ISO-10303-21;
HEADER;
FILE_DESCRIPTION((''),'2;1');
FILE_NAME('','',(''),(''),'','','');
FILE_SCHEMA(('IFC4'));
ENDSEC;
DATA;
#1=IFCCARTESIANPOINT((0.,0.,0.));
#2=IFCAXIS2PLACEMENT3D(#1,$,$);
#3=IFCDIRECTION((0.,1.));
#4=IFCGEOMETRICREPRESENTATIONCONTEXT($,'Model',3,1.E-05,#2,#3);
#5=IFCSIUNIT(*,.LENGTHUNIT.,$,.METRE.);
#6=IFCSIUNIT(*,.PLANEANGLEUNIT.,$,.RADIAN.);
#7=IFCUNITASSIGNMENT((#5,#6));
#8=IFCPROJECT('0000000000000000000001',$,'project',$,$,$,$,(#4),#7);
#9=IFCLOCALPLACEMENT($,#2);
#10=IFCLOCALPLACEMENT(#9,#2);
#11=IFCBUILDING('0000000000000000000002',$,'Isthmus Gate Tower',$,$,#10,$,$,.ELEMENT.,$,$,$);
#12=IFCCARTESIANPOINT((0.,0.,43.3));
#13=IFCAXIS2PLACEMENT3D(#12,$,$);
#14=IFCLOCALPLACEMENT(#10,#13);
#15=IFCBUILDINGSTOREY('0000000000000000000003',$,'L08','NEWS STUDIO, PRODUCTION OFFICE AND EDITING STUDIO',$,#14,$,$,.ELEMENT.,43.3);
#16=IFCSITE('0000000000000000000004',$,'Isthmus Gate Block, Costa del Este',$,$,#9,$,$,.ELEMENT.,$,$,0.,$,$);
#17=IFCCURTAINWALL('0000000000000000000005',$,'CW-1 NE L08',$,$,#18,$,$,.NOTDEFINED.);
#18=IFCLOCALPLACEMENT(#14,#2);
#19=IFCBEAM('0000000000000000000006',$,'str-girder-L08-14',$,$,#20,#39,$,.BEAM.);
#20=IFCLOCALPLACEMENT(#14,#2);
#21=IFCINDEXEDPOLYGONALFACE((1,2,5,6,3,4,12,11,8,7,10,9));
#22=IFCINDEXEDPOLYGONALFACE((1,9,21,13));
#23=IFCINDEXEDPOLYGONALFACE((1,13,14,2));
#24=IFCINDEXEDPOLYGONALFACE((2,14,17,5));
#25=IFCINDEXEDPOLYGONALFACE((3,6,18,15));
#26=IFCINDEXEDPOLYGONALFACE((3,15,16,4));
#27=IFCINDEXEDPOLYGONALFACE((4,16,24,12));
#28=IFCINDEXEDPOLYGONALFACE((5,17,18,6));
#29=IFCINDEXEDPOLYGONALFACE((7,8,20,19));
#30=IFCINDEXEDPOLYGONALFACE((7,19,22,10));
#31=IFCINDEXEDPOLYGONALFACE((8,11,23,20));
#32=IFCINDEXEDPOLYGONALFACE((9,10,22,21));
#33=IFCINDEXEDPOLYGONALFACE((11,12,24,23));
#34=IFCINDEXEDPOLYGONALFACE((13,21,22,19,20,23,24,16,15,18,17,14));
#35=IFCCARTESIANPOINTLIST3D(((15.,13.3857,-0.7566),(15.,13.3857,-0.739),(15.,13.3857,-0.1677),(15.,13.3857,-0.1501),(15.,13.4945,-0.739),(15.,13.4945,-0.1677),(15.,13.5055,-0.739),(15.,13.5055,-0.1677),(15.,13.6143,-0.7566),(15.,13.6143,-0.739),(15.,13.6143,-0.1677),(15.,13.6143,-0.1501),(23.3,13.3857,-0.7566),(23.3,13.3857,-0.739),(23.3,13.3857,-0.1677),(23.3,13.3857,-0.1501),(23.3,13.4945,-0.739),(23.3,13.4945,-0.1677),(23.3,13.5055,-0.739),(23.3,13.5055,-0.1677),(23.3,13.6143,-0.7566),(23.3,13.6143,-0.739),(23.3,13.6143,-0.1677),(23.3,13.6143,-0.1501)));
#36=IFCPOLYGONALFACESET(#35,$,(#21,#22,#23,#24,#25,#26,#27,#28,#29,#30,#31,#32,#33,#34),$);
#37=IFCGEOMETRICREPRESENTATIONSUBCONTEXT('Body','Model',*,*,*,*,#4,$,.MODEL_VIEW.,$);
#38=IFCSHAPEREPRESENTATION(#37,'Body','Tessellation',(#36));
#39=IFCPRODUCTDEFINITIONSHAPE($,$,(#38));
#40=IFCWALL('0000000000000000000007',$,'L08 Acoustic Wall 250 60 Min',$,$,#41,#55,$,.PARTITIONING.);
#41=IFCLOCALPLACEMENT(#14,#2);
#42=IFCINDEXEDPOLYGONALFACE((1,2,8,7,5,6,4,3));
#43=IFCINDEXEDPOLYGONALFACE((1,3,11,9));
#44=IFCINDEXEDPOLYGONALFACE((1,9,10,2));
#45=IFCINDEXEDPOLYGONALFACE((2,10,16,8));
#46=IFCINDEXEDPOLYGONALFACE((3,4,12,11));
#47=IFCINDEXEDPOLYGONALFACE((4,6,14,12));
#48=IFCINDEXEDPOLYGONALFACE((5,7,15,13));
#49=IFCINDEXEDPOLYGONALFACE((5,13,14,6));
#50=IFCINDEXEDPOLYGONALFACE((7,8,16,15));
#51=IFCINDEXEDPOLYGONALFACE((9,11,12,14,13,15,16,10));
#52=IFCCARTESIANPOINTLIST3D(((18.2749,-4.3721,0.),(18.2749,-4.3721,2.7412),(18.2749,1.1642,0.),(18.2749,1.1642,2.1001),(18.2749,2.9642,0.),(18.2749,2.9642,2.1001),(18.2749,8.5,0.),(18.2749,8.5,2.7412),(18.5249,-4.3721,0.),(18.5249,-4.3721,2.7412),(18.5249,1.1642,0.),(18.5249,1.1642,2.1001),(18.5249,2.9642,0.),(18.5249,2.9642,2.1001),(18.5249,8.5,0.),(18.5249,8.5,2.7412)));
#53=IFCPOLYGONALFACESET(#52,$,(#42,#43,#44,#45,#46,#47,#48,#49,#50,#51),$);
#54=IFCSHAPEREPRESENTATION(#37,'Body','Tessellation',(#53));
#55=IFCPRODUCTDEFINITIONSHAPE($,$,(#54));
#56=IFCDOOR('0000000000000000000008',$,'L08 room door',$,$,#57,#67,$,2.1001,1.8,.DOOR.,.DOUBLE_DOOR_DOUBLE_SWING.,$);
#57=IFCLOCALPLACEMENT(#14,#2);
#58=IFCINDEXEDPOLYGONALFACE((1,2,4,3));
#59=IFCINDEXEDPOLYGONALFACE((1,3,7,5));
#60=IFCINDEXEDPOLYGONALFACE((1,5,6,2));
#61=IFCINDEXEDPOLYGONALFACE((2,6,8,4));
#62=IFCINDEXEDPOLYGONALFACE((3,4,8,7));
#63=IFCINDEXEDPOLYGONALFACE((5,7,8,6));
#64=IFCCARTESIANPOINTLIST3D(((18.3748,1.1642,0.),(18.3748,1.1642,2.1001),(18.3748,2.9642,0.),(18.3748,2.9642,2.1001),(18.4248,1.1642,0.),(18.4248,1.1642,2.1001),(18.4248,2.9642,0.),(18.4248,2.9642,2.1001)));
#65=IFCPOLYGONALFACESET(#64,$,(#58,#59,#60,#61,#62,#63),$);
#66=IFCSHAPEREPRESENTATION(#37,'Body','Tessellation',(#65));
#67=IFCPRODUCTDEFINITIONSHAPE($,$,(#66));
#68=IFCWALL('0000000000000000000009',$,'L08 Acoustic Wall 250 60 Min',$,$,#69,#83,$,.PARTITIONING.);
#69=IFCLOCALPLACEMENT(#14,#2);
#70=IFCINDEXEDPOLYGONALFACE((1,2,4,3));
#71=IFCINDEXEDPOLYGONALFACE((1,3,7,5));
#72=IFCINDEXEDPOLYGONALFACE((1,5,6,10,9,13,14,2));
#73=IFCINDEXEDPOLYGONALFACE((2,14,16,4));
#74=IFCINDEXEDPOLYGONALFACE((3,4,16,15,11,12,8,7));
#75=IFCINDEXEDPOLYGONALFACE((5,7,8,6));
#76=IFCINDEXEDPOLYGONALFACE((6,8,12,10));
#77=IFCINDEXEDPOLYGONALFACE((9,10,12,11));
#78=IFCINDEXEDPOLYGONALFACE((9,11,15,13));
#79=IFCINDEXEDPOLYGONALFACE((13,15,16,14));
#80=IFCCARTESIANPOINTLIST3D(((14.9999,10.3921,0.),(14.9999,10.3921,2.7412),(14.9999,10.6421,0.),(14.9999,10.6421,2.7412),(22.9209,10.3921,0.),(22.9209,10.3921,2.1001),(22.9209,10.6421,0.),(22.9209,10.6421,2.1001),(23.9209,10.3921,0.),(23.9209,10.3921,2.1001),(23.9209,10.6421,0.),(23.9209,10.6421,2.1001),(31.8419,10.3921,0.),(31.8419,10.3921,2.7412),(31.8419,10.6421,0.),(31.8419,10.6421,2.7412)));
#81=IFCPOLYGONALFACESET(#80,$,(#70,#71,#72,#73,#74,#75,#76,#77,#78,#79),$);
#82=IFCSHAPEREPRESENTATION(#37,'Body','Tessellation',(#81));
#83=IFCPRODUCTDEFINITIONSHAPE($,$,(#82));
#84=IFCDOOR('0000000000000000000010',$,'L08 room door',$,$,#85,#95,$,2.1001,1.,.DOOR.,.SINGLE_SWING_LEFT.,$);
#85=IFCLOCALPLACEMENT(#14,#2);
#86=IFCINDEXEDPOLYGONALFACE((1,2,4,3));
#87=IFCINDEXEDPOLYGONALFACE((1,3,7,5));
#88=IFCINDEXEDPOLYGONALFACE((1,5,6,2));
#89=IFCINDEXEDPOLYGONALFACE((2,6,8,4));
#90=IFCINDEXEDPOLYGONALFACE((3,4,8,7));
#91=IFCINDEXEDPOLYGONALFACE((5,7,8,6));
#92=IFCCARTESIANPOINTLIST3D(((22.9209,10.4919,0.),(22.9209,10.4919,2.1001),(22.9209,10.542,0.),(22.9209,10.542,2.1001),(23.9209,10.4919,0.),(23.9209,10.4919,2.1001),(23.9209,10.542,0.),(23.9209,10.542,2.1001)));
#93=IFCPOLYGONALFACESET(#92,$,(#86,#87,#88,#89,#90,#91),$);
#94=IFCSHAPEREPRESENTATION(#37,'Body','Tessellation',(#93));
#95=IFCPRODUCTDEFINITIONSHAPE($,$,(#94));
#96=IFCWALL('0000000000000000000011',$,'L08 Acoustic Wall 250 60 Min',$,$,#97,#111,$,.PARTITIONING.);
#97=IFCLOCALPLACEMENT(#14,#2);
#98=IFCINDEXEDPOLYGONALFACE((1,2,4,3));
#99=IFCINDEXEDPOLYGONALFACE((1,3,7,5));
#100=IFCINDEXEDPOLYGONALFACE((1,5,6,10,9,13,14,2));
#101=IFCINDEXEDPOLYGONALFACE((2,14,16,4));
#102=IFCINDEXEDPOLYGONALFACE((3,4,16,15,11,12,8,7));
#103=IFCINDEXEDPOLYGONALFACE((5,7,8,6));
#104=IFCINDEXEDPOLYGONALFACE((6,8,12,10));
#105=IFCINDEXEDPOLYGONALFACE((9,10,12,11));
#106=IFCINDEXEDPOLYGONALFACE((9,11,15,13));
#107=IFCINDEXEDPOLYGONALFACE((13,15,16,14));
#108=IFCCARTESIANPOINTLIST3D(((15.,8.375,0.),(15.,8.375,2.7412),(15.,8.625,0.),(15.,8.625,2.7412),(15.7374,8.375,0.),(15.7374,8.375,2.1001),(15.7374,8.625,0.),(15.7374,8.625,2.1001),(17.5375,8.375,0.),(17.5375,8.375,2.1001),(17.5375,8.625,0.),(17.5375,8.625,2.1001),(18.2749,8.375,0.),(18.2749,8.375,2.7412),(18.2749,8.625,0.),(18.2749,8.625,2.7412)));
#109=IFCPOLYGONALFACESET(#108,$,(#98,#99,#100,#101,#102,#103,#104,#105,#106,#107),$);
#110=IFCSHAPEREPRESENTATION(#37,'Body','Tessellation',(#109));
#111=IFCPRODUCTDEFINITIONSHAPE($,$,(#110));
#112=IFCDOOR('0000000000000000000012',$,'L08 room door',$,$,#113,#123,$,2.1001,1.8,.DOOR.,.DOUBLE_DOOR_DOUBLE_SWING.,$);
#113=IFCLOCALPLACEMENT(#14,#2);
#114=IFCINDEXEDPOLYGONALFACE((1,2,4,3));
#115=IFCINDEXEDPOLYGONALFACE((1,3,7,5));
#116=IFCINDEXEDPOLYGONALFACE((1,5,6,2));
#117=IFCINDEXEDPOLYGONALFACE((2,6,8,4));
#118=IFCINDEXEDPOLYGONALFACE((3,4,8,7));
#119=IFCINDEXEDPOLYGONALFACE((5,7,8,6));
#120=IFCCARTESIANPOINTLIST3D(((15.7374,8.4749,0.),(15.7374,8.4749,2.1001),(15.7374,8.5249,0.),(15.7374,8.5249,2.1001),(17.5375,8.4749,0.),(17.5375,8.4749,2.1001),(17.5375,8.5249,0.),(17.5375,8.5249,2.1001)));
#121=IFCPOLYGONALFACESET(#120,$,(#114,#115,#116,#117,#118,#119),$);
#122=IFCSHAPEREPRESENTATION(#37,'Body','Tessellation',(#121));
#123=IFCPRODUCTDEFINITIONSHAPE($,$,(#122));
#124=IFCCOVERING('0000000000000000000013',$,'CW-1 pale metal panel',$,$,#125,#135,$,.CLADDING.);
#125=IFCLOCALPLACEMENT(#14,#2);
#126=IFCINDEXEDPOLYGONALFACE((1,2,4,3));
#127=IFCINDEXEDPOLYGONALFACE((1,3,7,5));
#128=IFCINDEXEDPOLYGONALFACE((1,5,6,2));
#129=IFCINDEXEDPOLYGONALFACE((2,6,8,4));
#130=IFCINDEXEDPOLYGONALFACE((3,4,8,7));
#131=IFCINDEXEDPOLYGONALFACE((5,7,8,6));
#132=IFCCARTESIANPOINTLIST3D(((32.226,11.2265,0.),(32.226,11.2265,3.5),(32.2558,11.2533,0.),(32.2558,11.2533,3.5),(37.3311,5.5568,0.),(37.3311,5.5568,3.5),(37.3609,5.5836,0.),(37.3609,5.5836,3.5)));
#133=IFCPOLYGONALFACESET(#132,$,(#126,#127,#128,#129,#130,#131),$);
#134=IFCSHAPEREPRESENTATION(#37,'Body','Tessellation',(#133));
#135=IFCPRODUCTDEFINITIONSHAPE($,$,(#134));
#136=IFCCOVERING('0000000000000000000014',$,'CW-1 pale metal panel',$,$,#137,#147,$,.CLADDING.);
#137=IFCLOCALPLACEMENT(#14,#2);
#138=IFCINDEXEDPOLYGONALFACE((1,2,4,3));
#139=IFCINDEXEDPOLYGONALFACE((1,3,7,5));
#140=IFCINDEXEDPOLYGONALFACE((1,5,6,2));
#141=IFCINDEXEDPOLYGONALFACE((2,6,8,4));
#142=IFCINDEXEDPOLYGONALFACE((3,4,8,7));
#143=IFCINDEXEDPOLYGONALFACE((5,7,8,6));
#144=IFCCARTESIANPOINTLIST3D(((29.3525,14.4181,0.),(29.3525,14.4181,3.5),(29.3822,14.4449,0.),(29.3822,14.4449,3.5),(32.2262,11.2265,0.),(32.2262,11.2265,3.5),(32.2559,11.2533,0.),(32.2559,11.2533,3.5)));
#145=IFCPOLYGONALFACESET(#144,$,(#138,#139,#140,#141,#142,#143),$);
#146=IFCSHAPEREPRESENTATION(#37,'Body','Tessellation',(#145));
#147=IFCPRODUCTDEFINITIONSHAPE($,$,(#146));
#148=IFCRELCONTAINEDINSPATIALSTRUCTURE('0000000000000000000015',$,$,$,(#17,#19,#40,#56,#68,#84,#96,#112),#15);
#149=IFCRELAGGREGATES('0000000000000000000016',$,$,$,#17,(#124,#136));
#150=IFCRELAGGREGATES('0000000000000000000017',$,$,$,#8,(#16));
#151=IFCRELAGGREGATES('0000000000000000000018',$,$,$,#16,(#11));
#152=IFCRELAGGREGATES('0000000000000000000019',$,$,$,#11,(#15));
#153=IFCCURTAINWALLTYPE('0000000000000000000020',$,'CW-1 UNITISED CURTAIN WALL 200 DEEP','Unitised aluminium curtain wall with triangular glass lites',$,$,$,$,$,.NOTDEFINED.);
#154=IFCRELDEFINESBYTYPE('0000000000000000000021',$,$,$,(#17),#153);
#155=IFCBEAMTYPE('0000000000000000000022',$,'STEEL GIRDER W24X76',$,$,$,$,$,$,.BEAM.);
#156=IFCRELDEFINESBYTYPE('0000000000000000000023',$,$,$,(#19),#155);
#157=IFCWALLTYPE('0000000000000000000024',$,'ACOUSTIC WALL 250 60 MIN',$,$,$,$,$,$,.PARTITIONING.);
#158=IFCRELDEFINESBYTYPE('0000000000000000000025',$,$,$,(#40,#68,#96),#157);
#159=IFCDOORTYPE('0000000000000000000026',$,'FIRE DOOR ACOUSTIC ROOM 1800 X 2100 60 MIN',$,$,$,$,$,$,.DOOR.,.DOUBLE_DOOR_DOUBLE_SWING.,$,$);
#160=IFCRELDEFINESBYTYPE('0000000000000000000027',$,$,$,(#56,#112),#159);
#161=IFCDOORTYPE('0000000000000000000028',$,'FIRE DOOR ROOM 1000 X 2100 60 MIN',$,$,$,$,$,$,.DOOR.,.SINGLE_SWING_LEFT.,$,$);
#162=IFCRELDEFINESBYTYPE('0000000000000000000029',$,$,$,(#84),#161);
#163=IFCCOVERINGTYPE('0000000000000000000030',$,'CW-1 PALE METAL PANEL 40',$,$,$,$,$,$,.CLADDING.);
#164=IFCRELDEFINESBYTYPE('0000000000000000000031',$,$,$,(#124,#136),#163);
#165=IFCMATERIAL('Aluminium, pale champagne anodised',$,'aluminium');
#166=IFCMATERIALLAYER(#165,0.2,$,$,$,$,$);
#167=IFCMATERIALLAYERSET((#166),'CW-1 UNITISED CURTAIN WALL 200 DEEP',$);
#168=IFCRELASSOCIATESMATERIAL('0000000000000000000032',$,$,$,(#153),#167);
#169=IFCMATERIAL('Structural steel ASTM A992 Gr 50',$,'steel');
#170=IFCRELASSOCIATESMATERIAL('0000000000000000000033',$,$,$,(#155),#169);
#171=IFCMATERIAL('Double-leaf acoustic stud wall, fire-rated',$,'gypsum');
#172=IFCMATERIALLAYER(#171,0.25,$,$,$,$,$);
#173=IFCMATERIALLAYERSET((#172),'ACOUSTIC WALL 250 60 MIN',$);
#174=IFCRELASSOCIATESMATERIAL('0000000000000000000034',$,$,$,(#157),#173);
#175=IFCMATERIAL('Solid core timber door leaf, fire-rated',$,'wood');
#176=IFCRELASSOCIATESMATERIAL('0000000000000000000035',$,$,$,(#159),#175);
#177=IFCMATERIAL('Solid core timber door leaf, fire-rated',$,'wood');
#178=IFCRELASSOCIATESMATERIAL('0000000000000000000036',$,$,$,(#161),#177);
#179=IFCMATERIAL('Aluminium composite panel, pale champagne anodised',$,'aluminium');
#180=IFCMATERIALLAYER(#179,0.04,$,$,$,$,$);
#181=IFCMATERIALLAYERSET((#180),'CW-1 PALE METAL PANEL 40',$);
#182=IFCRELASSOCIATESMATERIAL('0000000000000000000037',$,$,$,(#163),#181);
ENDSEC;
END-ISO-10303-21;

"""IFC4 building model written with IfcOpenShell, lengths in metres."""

from ifc_helpers import new_model, si_unit, direction, frame, frame_2d, origin, origin_2d, place, context, subcontext, project, spatial, rectangle, i_section, extrude, material, layer, layer_set, material_profile, profile_set, type_object, element, fill, aggregate, save


model = new_model("IFC4")

# Units and contexts
model_context = context("Model", 3, precision=1e-05, world=origin(), true_north=direction((0.0, 1.0)))
body_context = subcontext(model_context, "Body", "Model", "MODEL_VIEW")
ifc_project = project(units=[si_unit("LENGTHUNIT", "METRE"), si_unit("PLANEANGLEUNIT", "RADIAN")], contexts=[model_context])

# Site, building, storey
site_placement = place(None, origin())
site = spatial("IfcSite", under=ifc_project, at=site_placement, Name="Isthmus Gate Block, Costa del Este", CompositionType="ELEMENT", RefElevation=0.0)
building_placement = place(site_placement, origin())
building = spatial("IfcBuilding", under=site, at=building_placement, Name="Isthmus Gate Tower", CompositionType="ELEMENT")
storey_placement = place(building_placement, frame((0.0, 0.0, 43.3)))
storey = spatial("IfcBuildingStorey", under=building, at=storey_placement, Name="L08", Description="NEWS STUDIO, PRODUCTION OFFICE AND EDITING STUDIO", CompositionType="ELEMENT", Elevation=43.3)

# Curtain wall
ifc_material_1 = material(Name="Aluminium, pale champagne anodised", Category="aluminium")
ifc_layer_1 = layer(ifc_material_1, 0.2)
ifc_layer_set_1 = layer_set([ifc_layer_1], Name="CW-1 UNITISED CURTAIN WALL 200 DEEP")
curtain_wall_type = type_object("IfcCurtainWallType", Name="CW-1 UNITISED CURTAIN WALL 200 DEEP", Description="Unitised aluminium curtain wall with triangular glass lites", PredefinedType="NOTDEFINED", material=ifc_layer_set_1)
curtain_wall_placement = place(storey_placement, origin())
curtain_wall = element("IfcCurtainWall", 1, at=curtain_wall_placement, inside=storey, type_object=curtain_wall_type, Name="CW-1 NE L08", PredefinedType="NOTDEFINED")

# Beam
ifc_material_2 = material(Name="Structural steel ASTM A992 Gr 50", Category="steel")
ifc_material_profile_1 = material_profile(ifc_material_2, i_section(OverallWidth=0.2285, OverallDepth=0.6064, WebThickness=0.011, FlangeThickness=0.0176, at=origin_2d()), Name="W24X76")
ifc_profile_set_1 = profile_set([ifc_material_profile_1], Name="Structural steel ASTM A992 Gr 50")
beam_type_1 = type_object("IfcBeamType", Name="STEEL GIRDER W24X76", PredefinedType="BEAM", material=ifc_profile_set_1)
beam_1_placement = place(storey_placement, frame((15.0, 13.5, -0.4534), z_axis=(1.0, 0.0, 0.0), x_axis=(0.0, 1.0, 0.0)))
element("IfcBeam", 2, at=beam_1_placement, inside=storey, type_object=beam_type_1, Name="str-girder-L08-14", PredefinedType="BEAM", context=body_context, shape_type="SweptSolid", body=[
    extrude(i_section(OverallWidth=0.2285, OverallDepth=0.6064, WebThickness=0.011, FlangeThickness=0.0176, at=origin_2d()), origin(), (0.0, 0.0, 1.0), 8.3),
])

# Walls, openings, doors
ifc_material_3 = material(Name="Double-leaf acoustic stud wall, fire-rated", Category="gypsum")
ifc_layer_2 = layer(ifc_material_3, 0.25)
ifc_layer_set_2 = layer_set([ifc_layer_2], Name="ACOUSTIC WALL 250 60 MIN")
wall_type = type_object("IfcWallType", Name="ACOUSTIC WALL 250 60 MIN", PredefinedType="PARTITIONING", material=ifc_layer_set_2)
wall_1_placement = place(storey_placement, frame((18.3999, 8.5, 0.0), z_axis=(0.0, 0.0, 1.0), x_axis=(0.0, -1.0, 0.0)))
wall_1 = element("IfcWall", 3, at=wall_1_placement, inside=storey, type_object=wall_type, Name="L08 Acoustic Wall 250 60 Min", PredefinedType="PARTITIONING", context=body_context, shape_type="SweptSolid", body=[
    extrude(rectangle(XDim=12.8721, YDim=0.25, at=frame_2d((6.436, 0.0))), origin(), (0.0, 0.0, 1.0), 2.7412),
])
opening_1_placement = place(wall_1_placement, frame((5.5359, 0.0, 0.0)))
opening_1 = element("IfcOpeningElement", 4, at=opening_1_placement, cuts=wall_1, PredefinedType="OPENING", context=body_context, shape_type="SweptSolid", body=[
    extrude(rectangle(XDim=1.8, YDim=2.1001, at=frame_2d((0.8999, 1.05))), frame((0.0, 0.135, 0.0), z_axis=(0.0, -1.0, 0.0), x_axis=(1.0, 0.0, 0.0)), (0.0, 0.0, 1.0), 0.27),
])
ifc_material_4 = material(Name="Solid core timber door leaf, fire-rated", Category="wood")
door_type_1 = type_object("IfcDoorType", Name="FIRE DOOR ACOUSTIC ROOM 1800 X 2100 60 MIN", OperationType="DOUBLE_DOOR_DOUBLE_SWING", PredefinedType="DOOR", material=ifc_material_4)
door_1_placement = place(opening_1_placement, origin())
door_1 = element("IfcDoor", 5, at=door_1_placement, inside=storey, type_object=door_type_1, Name="L08 room door", OperationType="DOUBLE_DOOR_DOUBLE_SWING", OverallHeight=2.1001, OverallWidth=1.8, PredefinedType="DOOR", context=body_context, shape_type="SweptSolid", body=[
    extrude(rectangle(XDim=1.8, YDim=2.1001, at=frame_2d((0.8999, 1.05))), frame((0.0, 0.0249, 0.0), z_axis=(0.0, -1.0, 0.0), x_axis=(1.0, 0.0, 0.0)), (0.0, 0.0, 1.0), 0.05),
])
fill(opening_1, door_1)
wall_2_placement = place(storey_placement, frame((15.0, 10.5171, 0.0), z_axis=(0.0, 0.0, 1.0), x_axis=(1.0, 0.0, 0.0)))
wall_2 = element("IfcWall", 6, at=wall_2_placement, inside=storey, type_object=wall_type, Name="L08 Acoustic Wall 250 60 Min", PredefinedType="PARTITIONING", context=body_context, shape_type="SweptSolid", body=[
    extrude(rectangle(XDim=16.842, YDim=0.25, at=frame_2d((8.4209, 0.0))), origin(), (0.0, 0.0, 1.0), 2.7412),
])
opening_2_placement = place(wall_2_placement, frame((7.9209, 0.0, 0.0)))
opening_2 = element("IfcOpeningElement", 7, at=opening_2_placement, cuts=wall_2, PredefinedType="OPENING", context=body_context, shape_type="SweptSolid", body=[
    extrude(rectangle(XDim=1.0, YDim=2.1001, at=frame_2d((0.5, 1.05))), frame((0.0, 0.135, 0.0), z_axis=(0.0, -1.0, 0.0), x_axis=(1.0, 0.0, 0.0)), (0.0, 0.0, 1.0), 0.27),
])
ifc_material_5 = material(Name="Solid core timber door leaf, fire-rated", Category="wood")
door_type_2 = type_object("IfcDoorType", Name="FIRE DOOR ROOM 1000 X 2100 60 MIN", OperationType="SINGLE_SWING_LEFT", PredefinedType="DOOR", material=ifc_material_5)
door_2_placement = place(opening_2_placement, origin())
door_2 = element("IfcDoor", 8, at=door_2_placement, inside=storey, type_object=door_type_2, Name="L08 room door", OperationType="SINGLE_SWING_LEFT", OverallHeight=2.1001, OverallWidth=1.0, PredefinedType="DOOR", context=body_context, shape_type="SweptSolid", body=[
    extrude(rectangle(XDim=1.0, YDim=2.1001, at=frame_2d((0.5, 1.05))), frame((0.0, 0.0249, 0.0), z_axis=(0.0, -1.0, 0.0), x_axis=(1.0, 0.0, 0.0)), (0.0, 0.0, 1.0), 0.05),
])
fill(opening_2, door_2)
wall_3_placement = place(storey_placement, frame((15.0, 8.5, 0.0), z_axis=(0.0, 0.0, 1.0), x_axis=(1.0, 0.0, 0.0)))
wall_3 = element("IfcWall", 9, at=wall_3_placement, inside=storey, type_object=wall_type, Name="L08 Acoustic Wall 250 60 Min", PredefinedType="PARTITIONING", context=body_context, shape_type="SweptSolid", body=[
    extrude(rectangle(XDim=3.2749, YDim=0.25, at=frame_2d((1.6375, 0.0))), origin(), (0.0, 0.0, 1.0), 2.7412),
])
opening_3_placement = place(wall_3_placement, frame((0.7375, 0.0, 0.0)))
opening_3 = element("IfcOpeningElement", 10, at=opening_3_placement, cuts=wall_3, PredefinedType="OPENING", context=body_context, shape_type="SweptSolid", body=[
    extrude(rectangle(XDim=1.8, YDim=2.1001, at=frame_2d((0.8999, 1.05))), frame((0.0, 0.135, 0.0), z_axis=(0.0, -1.0, 0.0), x_axis=(1.0, 0.0, 0.0)), (0.0, 0.0, 1.0), 0.27),
])
door_3_placement = place(opening_3_placement, origin())
door_3 = element("IfcDoor", 11, at=door_3_placement, inside=storey, type_object=door_type_1, Name="L08 room door", OperationType="DOUBLE_DOOR_DOUBLE_SWING", OverallHeight=2.1001, OverallWidth=1.8, PredefinedType="DOOR", context=body_context, shape_type="SweptSolid", body=[
    extrude(rectangle(XDim=1.8, YDim=2.1001, at=frame_2d((0.8999, 1.05))), frame((0.0, 0.0249, 0.0), z_axis=(0.0, -1.0, 0.0), x_axis=(1.0, 0.0, 0.0)), (0.0, 0.0, 1.0), 0.05),
])
fill(opening_3, door_3)

# Coverings
ifc_material_6 = material(Name="Aluminium composite panel, pale champagne anodised", Category="aluminium")
ifc_layer_3 = layer(ifc_material_6, 0.04)
ifc_layer_set_3 = layer_set([ifc_layer_3], Name="CW-1 PALE METAL PANEL 40")
covering_type = type_object("IfcCoveringType", Name="CW-1 PALE METAL PANEL 40", PredefinedType="CLADDING", material=ifc_layer_set_3)
covering_1_placement = place(storey_placement, frame((34.7935, 8.405, 0.0), z_axis=(0.0, 0.0, 1.0), x_axis=(-0.669131, 0.743145, 0.0)))
covering_1 = element("IfcCovering", 12, at=covering_1_placement, type_object=covering_type, Name="CW-1 pale metal panel", PredefinedType="CLADDING", context=body_context, shape_type="SweptSolid", body=[
    extrude(rectangle(XDim=7.6294, YDim=0.04, at=origin_2d()), origin(), (0.0, 0.0, 1.0), 3.5),
])
covering_2_placement = place(storey_placement, frame((30.8042, 12.8357, 0.0), z_axis=(0.0, 0.0, 1.0), x_axis=(-0.669131, 0.743145, 0.0)))
covering_2 = element("IfcCovering", 13, at=covering_2_placement, type_object=covering_type, Name="CW-1 pale metal panel", PredefinedType="CLADDING", context=body_context, shape_type="SweptSolid", body=[
    extrude(rectangle(XDim=4.2947, YDim=0.04, at=origin_2d()), origin(), (0.0, 0.0, 1.0), 3.5),
])
aggregate(curtain_wall, [covering_1, covering_2])

save(model, "model.ifc")
